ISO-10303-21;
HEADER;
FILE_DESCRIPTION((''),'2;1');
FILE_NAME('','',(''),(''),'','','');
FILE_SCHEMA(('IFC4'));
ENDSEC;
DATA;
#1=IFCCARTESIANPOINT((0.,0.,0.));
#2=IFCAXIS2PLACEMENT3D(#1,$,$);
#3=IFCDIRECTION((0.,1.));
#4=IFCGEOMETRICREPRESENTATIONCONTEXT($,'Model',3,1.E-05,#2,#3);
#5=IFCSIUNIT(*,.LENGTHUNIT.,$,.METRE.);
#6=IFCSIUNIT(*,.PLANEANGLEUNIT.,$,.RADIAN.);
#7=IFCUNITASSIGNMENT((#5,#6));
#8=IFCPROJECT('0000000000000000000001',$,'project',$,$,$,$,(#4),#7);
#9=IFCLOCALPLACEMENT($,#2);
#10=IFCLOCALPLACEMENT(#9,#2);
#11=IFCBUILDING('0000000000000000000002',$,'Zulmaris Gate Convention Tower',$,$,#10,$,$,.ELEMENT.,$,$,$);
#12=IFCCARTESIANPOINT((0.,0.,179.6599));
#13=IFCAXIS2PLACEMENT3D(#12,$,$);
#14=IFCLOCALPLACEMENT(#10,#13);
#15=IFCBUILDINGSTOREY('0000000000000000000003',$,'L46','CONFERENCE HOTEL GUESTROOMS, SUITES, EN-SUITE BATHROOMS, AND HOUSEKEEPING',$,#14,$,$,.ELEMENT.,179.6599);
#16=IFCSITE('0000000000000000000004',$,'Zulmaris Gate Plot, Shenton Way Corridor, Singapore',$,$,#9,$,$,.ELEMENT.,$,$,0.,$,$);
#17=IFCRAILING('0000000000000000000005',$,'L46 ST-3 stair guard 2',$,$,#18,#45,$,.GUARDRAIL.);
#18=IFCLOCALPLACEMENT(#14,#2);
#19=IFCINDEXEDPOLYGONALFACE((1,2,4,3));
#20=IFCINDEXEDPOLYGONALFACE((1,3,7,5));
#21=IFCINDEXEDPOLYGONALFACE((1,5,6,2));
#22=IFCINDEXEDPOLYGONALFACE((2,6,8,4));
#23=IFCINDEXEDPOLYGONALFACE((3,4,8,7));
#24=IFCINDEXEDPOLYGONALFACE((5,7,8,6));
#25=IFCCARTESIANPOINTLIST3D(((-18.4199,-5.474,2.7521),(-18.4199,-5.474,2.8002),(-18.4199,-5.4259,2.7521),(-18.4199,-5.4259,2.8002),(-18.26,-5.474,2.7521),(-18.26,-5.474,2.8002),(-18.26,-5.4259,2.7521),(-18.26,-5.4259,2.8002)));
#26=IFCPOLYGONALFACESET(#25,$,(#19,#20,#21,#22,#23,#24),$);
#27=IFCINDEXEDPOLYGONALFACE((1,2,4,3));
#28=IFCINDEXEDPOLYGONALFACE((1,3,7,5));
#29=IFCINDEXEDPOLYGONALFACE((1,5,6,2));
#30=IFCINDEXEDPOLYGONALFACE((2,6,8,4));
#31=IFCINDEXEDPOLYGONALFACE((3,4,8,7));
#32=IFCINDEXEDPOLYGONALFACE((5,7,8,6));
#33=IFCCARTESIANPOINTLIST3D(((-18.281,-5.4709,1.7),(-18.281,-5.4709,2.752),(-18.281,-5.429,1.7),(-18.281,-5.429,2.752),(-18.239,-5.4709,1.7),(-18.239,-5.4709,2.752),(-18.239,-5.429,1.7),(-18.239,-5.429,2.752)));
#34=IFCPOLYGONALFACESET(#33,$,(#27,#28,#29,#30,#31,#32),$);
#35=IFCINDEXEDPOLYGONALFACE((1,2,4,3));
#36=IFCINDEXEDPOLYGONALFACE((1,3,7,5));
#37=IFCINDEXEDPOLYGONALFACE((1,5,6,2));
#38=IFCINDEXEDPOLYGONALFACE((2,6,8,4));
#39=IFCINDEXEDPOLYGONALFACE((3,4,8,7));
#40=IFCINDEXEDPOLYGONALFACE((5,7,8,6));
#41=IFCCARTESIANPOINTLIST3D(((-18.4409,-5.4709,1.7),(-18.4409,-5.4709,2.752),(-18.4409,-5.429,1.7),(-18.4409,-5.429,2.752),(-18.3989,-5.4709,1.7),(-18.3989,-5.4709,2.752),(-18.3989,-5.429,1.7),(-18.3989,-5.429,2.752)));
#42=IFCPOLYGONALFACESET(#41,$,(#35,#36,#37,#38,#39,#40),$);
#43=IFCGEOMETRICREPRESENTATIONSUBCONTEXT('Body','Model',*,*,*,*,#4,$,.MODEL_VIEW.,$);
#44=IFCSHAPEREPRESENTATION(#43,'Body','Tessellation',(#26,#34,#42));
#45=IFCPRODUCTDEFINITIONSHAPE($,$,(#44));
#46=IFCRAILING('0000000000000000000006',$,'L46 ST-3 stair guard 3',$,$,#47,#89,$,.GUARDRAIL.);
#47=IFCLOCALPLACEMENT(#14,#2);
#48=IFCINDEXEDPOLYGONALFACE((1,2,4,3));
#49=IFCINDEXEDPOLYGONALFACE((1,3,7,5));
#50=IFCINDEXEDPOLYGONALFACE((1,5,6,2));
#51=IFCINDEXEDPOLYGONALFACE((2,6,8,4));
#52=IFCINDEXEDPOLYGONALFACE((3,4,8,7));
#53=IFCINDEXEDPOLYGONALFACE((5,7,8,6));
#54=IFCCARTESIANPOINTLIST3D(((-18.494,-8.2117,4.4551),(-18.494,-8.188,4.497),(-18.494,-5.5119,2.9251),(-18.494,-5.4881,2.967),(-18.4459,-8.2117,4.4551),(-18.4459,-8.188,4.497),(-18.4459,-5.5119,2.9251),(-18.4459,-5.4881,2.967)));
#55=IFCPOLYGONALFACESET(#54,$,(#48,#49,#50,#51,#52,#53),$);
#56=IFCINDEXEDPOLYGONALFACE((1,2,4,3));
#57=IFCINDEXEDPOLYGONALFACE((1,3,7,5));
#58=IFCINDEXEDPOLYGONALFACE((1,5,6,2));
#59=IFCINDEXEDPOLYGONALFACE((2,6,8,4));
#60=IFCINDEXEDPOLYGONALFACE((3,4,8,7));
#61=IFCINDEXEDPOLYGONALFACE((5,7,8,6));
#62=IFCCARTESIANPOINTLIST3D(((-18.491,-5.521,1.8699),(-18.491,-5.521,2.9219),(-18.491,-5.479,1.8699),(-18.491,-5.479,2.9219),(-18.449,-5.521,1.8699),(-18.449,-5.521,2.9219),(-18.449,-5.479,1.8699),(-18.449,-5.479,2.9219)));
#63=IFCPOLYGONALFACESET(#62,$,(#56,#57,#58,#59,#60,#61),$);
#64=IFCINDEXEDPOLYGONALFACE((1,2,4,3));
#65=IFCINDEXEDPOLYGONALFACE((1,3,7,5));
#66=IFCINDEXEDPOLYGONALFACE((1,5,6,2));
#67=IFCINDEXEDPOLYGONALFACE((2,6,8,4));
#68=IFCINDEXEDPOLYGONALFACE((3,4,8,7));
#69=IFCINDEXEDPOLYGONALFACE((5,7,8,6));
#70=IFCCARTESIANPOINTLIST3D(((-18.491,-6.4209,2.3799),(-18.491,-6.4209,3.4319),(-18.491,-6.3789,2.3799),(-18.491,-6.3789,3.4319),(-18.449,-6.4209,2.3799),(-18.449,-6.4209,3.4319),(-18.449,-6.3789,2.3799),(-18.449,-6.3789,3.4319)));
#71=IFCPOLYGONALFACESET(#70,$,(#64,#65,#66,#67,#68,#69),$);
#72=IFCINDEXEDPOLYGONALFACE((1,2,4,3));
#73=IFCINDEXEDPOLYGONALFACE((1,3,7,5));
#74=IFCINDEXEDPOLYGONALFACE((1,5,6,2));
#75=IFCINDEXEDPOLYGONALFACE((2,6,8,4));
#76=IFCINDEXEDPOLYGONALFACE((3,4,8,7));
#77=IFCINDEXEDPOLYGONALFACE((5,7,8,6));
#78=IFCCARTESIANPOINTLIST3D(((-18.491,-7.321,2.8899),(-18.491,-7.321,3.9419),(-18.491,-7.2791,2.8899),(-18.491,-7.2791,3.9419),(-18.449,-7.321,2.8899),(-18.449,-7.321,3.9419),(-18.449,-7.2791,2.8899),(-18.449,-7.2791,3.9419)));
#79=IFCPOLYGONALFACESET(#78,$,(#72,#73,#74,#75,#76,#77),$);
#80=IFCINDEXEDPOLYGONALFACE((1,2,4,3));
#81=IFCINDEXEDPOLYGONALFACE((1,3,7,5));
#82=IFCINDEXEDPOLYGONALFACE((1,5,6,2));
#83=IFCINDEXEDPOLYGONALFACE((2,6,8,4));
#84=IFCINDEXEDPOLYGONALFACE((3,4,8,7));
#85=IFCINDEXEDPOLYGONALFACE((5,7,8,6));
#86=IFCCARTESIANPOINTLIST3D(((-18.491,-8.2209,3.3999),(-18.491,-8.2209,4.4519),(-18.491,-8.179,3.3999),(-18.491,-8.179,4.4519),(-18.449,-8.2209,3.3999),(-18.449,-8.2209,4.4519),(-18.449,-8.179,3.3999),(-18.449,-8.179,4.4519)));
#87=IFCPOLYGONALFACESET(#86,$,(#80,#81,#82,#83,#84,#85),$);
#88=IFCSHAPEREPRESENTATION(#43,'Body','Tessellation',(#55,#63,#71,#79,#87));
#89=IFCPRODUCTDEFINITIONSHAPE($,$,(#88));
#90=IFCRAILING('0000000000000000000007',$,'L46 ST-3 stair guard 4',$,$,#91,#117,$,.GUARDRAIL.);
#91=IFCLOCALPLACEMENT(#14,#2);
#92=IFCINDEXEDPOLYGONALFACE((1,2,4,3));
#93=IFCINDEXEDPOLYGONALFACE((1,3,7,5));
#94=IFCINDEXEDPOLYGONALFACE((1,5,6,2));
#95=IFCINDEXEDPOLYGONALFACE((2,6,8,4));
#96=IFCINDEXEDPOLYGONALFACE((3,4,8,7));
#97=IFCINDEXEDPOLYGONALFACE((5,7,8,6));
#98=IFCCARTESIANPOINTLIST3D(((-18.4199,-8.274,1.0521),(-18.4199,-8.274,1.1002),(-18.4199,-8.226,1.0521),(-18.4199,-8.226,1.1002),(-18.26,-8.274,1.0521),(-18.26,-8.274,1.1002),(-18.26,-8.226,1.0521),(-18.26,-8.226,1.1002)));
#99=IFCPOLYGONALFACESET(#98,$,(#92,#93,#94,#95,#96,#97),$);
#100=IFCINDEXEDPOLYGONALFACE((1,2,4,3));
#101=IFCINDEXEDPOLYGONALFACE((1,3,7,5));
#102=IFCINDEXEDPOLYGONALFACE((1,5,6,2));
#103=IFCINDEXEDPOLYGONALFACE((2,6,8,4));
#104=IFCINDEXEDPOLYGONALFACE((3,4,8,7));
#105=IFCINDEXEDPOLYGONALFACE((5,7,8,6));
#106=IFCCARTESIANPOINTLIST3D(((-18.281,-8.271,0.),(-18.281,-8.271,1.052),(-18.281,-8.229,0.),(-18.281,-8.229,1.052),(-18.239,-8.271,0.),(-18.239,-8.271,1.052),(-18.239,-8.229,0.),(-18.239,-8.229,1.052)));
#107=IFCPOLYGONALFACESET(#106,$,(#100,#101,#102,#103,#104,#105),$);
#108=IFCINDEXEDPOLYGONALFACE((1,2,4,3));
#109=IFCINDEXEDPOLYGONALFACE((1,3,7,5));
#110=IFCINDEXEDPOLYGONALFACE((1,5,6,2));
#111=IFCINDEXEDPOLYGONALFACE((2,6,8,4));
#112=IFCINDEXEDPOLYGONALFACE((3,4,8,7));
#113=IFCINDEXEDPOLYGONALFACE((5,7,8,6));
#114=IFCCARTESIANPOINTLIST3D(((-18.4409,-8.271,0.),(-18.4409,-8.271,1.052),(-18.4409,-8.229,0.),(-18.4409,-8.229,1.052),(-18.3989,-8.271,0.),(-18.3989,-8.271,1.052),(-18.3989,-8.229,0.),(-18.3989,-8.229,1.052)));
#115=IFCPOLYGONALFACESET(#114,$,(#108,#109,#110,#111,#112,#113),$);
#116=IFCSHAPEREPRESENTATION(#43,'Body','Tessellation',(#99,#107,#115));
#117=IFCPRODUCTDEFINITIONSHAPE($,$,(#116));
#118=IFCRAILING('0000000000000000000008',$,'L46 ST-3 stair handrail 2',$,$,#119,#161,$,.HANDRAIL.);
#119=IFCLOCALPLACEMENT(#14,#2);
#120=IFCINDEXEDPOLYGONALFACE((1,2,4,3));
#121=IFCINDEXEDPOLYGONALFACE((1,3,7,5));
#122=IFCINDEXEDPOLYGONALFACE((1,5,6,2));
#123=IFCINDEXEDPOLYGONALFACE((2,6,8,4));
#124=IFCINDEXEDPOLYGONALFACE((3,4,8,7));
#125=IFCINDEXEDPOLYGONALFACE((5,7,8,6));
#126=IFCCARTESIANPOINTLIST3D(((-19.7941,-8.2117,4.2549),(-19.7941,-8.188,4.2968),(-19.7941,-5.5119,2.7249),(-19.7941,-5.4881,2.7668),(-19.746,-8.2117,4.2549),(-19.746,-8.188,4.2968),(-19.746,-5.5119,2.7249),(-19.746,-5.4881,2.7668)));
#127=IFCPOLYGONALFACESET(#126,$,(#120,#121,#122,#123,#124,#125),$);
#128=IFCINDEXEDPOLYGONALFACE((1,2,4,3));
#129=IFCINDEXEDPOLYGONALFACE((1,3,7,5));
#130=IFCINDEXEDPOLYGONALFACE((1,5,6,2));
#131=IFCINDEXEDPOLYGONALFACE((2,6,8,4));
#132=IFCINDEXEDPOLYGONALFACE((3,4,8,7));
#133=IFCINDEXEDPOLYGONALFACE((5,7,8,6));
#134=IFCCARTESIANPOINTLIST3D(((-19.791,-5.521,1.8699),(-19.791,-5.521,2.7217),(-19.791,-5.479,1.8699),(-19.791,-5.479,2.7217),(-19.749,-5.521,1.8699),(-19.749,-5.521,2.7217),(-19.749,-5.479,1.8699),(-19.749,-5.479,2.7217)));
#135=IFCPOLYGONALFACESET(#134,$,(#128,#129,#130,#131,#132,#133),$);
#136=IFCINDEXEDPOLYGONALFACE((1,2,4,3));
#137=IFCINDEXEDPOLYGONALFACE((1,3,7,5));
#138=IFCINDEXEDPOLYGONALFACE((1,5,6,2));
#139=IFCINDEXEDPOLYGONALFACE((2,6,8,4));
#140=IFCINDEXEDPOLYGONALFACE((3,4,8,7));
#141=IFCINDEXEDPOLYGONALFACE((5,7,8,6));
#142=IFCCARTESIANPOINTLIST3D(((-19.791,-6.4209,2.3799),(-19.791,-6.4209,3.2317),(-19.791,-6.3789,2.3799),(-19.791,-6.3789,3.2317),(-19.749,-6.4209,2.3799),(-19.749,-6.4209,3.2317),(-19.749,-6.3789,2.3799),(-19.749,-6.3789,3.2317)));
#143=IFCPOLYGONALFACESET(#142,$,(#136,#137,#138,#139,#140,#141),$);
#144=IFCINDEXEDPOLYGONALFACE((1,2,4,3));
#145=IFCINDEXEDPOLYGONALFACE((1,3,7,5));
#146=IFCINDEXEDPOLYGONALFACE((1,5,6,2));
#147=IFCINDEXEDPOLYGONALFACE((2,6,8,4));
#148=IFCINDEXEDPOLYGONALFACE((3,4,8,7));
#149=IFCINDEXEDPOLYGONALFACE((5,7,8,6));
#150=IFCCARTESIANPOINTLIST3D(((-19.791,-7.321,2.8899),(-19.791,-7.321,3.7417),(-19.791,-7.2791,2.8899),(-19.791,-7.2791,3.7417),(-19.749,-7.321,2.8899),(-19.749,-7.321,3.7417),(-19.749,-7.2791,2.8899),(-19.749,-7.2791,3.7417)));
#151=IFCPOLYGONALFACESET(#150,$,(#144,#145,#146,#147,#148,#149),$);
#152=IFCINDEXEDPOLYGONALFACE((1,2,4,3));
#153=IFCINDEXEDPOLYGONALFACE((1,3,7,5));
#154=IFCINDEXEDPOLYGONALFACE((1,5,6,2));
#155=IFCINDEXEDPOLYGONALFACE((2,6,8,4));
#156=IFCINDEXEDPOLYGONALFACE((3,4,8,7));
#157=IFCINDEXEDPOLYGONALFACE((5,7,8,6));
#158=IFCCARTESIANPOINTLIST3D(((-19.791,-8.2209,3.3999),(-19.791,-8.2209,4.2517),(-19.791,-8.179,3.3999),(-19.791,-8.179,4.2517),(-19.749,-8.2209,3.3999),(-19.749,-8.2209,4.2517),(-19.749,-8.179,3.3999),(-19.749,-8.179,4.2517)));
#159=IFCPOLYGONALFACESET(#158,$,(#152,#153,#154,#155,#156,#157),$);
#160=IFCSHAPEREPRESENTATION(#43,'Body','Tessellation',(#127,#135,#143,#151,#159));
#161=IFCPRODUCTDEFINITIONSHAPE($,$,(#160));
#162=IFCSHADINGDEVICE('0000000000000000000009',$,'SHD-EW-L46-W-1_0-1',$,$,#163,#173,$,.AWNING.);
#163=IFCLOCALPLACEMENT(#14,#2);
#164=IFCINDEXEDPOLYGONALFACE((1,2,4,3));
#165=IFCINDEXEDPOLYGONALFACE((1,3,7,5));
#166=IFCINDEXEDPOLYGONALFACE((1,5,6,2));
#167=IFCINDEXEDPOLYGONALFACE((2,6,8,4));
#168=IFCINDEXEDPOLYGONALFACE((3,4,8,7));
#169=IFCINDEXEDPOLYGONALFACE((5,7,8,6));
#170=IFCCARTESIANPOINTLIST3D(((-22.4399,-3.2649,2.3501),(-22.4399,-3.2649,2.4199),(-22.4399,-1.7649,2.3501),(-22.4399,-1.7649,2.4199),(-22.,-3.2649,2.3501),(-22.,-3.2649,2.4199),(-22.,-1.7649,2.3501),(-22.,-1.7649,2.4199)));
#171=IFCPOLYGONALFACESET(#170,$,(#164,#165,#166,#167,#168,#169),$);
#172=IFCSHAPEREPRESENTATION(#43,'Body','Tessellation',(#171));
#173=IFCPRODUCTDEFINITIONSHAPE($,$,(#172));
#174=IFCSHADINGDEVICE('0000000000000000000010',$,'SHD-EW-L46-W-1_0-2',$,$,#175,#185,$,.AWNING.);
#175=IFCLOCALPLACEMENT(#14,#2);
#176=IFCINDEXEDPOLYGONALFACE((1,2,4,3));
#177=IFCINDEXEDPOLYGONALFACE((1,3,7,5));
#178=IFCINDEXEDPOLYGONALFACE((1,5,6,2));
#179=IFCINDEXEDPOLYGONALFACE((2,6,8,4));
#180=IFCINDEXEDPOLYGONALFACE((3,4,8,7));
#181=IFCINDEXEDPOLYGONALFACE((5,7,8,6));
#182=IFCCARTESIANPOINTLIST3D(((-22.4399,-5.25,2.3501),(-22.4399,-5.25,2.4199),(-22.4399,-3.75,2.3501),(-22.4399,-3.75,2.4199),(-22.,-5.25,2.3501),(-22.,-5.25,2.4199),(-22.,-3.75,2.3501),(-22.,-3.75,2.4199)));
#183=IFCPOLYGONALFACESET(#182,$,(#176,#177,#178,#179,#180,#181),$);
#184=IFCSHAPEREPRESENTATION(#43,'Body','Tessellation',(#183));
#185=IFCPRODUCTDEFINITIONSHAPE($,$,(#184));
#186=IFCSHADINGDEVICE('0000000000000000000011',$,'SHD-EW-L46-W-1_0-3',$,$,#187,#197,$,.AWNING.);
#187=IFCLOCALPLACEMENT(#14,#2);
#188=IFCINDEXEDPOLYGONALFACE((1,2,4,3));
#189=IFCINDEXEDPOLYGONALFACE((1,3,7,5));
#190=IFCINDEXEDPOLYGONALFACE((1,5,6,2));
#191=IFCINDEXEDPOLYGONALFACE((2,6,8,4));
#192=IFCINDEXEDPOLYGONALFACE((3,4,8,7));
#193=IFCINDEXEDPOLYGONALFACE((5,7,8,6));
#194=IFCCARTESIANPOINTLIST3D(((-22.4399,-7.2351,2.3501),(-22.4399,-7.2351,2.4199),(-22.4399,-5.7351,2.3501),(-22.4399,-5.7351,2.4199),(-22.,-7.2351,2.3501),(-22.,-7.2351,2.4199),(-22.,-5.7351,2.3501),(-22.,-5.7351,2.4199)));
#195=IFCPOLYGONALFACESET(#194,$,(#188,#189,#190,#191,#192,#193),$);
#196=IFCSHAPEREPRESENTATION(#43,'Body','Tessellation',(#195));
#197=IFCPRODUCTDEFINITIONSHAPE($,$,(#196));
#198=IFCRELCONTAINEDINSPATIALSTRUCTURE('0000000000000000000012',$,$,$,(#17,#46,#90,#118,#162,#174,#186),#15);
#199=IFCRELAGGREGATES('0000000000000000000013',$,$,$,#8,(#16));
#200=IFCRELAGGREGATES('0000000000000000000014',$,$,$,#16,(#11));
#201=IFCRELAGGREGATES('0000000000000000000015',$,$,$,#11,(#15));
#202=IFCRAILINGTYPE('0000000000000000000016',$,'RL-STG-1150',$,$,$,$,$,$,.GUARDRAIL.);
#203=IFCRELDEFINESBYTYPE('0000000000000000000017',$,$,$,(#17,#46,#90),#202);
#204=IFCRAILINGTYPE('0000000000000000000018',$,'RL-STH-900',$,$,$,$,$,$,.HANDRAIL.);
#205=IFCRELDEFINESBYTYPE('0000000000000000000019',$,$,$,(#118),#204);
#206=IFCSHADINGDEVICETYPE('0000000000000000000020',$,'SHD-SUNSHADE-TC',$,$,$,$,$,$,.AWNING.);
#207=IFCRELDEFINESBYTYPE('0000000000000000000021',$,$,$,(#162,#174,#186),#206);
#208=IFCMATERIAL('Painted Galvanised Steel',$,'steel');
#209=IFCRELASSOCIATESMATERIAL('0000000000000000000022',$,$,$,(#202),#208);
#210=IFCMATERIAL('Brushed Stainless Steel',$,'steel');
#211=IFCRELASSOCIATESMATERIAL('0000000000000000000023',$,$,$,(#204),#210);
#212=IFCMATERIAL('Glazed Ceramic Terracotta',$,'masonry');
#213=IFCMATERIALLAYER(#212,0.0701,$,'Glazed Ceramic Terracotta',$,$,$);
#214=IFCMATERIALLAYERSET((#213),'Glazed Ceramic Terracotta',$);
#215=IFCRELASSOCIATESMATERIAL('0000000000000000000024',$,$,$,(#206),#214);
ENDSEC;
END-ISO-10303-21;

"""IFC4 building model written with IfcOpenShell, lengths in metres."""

from ifc_helpers import new_model, si_unit, direction, frame, frame_2d, origin, origin_2d, place, context, subcontext, project, spatial, rectangle, extrude, material, layer, layer_set, type_object, element, save


model = new_model("IFC4")

# Units and contexts
model_context = context("Model", 3, precision=1e-05, world=origin(), true_north=direction((0.0, 1.0)))
body_context = subcontext(model_context, "Body", "Model", "MODEL_VIEW")
ifc_project = project(units=[si_unit("LENGTHUNIT", "METRE"), si_unit("PLANEANGLEUNIT", "RADIAN")], contexts=[model_context])

# Site, building, storey
site_placement = place(None, origin())
site = spatial("IfcSite", under=ifc_project, at=site_placement, Name="Zulmaris Gate Plot, Shenton Way Corridor, Singapore", CompositionType="ELEMENT", RefElevation=0.0)
building_placement = place(site_placement, origin())
building = spatial("IfcBuilding", under=site, at=building_placement, Name="Zulmaris Gate Convention Tower", CompositionType="ELEMENT")
storey_placement = place(building_placement, frame((0.0, 0.0, 179.6599)))
storey = spatial("IfcBuildingStorey", under=building, at=storey_placement, Name="L46", Description="CONFERENCE HOTEL GUESTROOMS, SUITES, EN-SUITE BATHROOMS, AND HOUSEKEEPING", CompositionType="ELEMENT", Elevation=179.6599)

# Railings
ifc_material_1 = material(Name="Painted Galvanised Steel", Category="steel")
railing_type_1 = type_object("IfcRailingType", Name="RL-STG-1150", PredefinedType="GUARDRAIL", material=ifc_material_1)
railing_1_placement = place(storey_placement, frame((-18.26, -5.45, 1.7)))
element("IfcRailing", 1, at=railing_1_placement, inside=storey, type_object=railing_type_1, Name="L46 ST-3 stair guard 2", PredefinedType="GUARDRAIL", context=body_context, shape_type="SweptSolid", body=[
    extrude(rectangle(XDim=0.0481, YDim=0.0481, at=origin_2d()), frame((0.0, 0.0, 1.0762), z_axis=(-1.0, 0.0, 0.0), x_axis=(0.0, -1.0, 0.0)), (0.0, 0.0, 1.0), 0.1599),
    extrude(rectangle(XDim=0.042, YDim=0.042, at=origin_2d()), origin(), (0.0, 0.0, 1.0), 1.052),
    extrude(rectangle(XDim=0.042, YDim=0.042, at=origin_2d()), frame((-0.1599, 0.0, 0.0)), (0.0, 0.0, 1.0), 1.052),
])
railing_2_placement = place(storey_placement, frame((-18.47, -5.5, 1.8699)))
element("IfcRailing", 2, at=railing_2_placement, inside=storey, type_object=railing_type_1, Name="L46 ST-3 stair guard 3", PredefinedType="GUARDRAIL", context=body_context, shape_type="SweptSolid", body=[
    extrude(rectangle(XDim=0.0481, YDim=0.0481, at=origin_2d()), frame((0.0, 0.0, 1.0762), z_axis=(0.0, -0.870014, 0.493026), x_axis=(1.0, 0.0, 0.0)), (0.0, 0.0, 1.0), 3.1033),
    extrude(rectangle(XDim=0.042, YDim=0.042, at=origin_2d()), origin(), (0.0, 0.0, 1.0), 1.052),
    extrude(rectangle(XDim=0.042, YDim=0.042, at=origin_2d()), frame((0.0, -0.8999, 0.51)), (0.0, 0.0, 1.0), 1.052),
    extrude(rectangle(XDim=0.042, YDim=0.042, at=origin_2d()), frame((0.0, -1.8, 1.02)), (0.0, 0.0, 1.0), 1.052),
    extrude(rectangle(XDim=0.042, YDim=0.042, at=origin_2d()), frame((0.0, -2.7, 1.53)), (0.0, 0.0, 1.0), 1.052),
])
railing_3_placement = place(storey_placement, frame((-18.26, -8.25, 0.0)))
element("IfcRailing", 3, at=railing_3_placement, inside=storey, type_object=railing_type_1, Name="L46 ST-3 stair guard 4", PredefinedType="GUARDRAIL", context=body_context, shape_type="SweptSolid", body=[
    extrude(rectangle(XDim=0.0481, YDim=0.0481, at=origin_2d()), frame((0.0, 0.0, 1.0762), z_axis=(-1.0, 0.0, 0.0), x_axis=(0.0, -1.0, 0.0)), (0.0, 0.0, 1.0), 0.1599),
    extrude(rectangle(XDim=0.042, YDim=0.042, at=origin_2d()), origin(), (0.0, 0.0, 1.0), 1.052),
    extrude(rectangle(XDim=0.042, YDim=0.042, at=origin_2d()), frame((-0.1599, 0.0, 0.0)), (0.0, 0.0, 1.0), 1.052),
])
ifc_material_2 = material(Name="Brushed Stainless Steel", Category="steel")
railing_type_2 = type_object("IfcRailingType", Name="RL-STH-900", PredefinedType="HANDRAIL", material=ifc_material_2)
railing_4_placement = place(storey_placement, frame((-19.77, -5.5, 1.8699)))
element("IfcRailing", 4, at=railing_4_placement, inside=storey, type_object=railing_type_2, Name="L46 ST-3 stair handrail 2", PredefinedType="HANDRAIL", context=body_context, shape_type="SweptSolid", body=[
    extrude(rectangle(XDim=0.0481, YDim=0.0481, at=origin_2d()), frame((0.0, 0.0, 0.876), z_axis=(0.0, -0.870014, 0.493026), x_axis=(1.0, 0.0, 0.0)), (0.0, 0.0, 1.0), 3.1033),
    extrude(rectangle(XDim=0.042, YDim=0.042, at=origin_2d()), origin(), (0.0, 0.0, 1.0), 0.8518),
    extrude(rectangle(XDim=0.042, YDim=0.042, at=origin_2d()), frame((0.0, -0.8999, 0.51)), (0.0, 0.0, 1.0), 0.8518),
    extrude(rectangle(XDim=0.042, YDim=0.042, at=origin_2d()), frame((0.0, -1.8, 1.02)), (0.0, 0.0, 1.0), 0.8518),
    extrude(rectangle(XDim=0.042, YDim=0.042, at=origin_2d()), frame((0.0, -2.7, 1.53)), (0.0, 0.0, 1.0), 0.8518),
])

# Shading devices
ifc_material_3 = material(Name="Glazed Ceramic Terracotta", Category="masonry")
ifc_layer_1 = layer(ifc_material_3, 0.0701, Name="Glazed Ceramic Terracotta")
ifc_layer_set_1 = layer_set([ifc_layer_1], Name="Glazed Ceramic Terracotta")
shading_device_type = type_object("IfcShadingDeviceType", Name="SHD-SUNSHADE-TC", PredefinedType="AWNING", material=ifc_layer_set_1)
for number, where, z_axis, x_axis, name in (
    (5, (-22.22, -1.7649, 2.3501), (0.0, 0.0, 1.0), (0.0, -1.0, 0.0), "SHD-EW-L46-W-1_0-1"),
    (6, (-22.22, -3.75, 2.3501), (0.0, 0.0, 1.0), (0.0, -1.0, 0.0), "SHD-EW-L46-W-1_0-2"),
    (7, (-22.22, -5.7351, 2.3501), (0.0, 0.0, 1.0), (0.0, -1.0, 0.0), "SHD-EW-L46-W-1_0-3"),
):
    element("IfcShadingDevice", number, at=place(storey_placement, frame(where, z_axis=z_axis, x_axis=x_axis)), inside=storey, type_object=shading_device_type, Name=name, PredefinedType="AWNING", context=body_context, shape_type="SweptSolid", body=[
        extrude(rectangle(XDim=1.5, YDim=0.4399, at=frame_2d((0.75, 0.0))), origin(), (0.0, 0.0, 1.0), 0.0698),
    ])

save(model, "model.ifc")
